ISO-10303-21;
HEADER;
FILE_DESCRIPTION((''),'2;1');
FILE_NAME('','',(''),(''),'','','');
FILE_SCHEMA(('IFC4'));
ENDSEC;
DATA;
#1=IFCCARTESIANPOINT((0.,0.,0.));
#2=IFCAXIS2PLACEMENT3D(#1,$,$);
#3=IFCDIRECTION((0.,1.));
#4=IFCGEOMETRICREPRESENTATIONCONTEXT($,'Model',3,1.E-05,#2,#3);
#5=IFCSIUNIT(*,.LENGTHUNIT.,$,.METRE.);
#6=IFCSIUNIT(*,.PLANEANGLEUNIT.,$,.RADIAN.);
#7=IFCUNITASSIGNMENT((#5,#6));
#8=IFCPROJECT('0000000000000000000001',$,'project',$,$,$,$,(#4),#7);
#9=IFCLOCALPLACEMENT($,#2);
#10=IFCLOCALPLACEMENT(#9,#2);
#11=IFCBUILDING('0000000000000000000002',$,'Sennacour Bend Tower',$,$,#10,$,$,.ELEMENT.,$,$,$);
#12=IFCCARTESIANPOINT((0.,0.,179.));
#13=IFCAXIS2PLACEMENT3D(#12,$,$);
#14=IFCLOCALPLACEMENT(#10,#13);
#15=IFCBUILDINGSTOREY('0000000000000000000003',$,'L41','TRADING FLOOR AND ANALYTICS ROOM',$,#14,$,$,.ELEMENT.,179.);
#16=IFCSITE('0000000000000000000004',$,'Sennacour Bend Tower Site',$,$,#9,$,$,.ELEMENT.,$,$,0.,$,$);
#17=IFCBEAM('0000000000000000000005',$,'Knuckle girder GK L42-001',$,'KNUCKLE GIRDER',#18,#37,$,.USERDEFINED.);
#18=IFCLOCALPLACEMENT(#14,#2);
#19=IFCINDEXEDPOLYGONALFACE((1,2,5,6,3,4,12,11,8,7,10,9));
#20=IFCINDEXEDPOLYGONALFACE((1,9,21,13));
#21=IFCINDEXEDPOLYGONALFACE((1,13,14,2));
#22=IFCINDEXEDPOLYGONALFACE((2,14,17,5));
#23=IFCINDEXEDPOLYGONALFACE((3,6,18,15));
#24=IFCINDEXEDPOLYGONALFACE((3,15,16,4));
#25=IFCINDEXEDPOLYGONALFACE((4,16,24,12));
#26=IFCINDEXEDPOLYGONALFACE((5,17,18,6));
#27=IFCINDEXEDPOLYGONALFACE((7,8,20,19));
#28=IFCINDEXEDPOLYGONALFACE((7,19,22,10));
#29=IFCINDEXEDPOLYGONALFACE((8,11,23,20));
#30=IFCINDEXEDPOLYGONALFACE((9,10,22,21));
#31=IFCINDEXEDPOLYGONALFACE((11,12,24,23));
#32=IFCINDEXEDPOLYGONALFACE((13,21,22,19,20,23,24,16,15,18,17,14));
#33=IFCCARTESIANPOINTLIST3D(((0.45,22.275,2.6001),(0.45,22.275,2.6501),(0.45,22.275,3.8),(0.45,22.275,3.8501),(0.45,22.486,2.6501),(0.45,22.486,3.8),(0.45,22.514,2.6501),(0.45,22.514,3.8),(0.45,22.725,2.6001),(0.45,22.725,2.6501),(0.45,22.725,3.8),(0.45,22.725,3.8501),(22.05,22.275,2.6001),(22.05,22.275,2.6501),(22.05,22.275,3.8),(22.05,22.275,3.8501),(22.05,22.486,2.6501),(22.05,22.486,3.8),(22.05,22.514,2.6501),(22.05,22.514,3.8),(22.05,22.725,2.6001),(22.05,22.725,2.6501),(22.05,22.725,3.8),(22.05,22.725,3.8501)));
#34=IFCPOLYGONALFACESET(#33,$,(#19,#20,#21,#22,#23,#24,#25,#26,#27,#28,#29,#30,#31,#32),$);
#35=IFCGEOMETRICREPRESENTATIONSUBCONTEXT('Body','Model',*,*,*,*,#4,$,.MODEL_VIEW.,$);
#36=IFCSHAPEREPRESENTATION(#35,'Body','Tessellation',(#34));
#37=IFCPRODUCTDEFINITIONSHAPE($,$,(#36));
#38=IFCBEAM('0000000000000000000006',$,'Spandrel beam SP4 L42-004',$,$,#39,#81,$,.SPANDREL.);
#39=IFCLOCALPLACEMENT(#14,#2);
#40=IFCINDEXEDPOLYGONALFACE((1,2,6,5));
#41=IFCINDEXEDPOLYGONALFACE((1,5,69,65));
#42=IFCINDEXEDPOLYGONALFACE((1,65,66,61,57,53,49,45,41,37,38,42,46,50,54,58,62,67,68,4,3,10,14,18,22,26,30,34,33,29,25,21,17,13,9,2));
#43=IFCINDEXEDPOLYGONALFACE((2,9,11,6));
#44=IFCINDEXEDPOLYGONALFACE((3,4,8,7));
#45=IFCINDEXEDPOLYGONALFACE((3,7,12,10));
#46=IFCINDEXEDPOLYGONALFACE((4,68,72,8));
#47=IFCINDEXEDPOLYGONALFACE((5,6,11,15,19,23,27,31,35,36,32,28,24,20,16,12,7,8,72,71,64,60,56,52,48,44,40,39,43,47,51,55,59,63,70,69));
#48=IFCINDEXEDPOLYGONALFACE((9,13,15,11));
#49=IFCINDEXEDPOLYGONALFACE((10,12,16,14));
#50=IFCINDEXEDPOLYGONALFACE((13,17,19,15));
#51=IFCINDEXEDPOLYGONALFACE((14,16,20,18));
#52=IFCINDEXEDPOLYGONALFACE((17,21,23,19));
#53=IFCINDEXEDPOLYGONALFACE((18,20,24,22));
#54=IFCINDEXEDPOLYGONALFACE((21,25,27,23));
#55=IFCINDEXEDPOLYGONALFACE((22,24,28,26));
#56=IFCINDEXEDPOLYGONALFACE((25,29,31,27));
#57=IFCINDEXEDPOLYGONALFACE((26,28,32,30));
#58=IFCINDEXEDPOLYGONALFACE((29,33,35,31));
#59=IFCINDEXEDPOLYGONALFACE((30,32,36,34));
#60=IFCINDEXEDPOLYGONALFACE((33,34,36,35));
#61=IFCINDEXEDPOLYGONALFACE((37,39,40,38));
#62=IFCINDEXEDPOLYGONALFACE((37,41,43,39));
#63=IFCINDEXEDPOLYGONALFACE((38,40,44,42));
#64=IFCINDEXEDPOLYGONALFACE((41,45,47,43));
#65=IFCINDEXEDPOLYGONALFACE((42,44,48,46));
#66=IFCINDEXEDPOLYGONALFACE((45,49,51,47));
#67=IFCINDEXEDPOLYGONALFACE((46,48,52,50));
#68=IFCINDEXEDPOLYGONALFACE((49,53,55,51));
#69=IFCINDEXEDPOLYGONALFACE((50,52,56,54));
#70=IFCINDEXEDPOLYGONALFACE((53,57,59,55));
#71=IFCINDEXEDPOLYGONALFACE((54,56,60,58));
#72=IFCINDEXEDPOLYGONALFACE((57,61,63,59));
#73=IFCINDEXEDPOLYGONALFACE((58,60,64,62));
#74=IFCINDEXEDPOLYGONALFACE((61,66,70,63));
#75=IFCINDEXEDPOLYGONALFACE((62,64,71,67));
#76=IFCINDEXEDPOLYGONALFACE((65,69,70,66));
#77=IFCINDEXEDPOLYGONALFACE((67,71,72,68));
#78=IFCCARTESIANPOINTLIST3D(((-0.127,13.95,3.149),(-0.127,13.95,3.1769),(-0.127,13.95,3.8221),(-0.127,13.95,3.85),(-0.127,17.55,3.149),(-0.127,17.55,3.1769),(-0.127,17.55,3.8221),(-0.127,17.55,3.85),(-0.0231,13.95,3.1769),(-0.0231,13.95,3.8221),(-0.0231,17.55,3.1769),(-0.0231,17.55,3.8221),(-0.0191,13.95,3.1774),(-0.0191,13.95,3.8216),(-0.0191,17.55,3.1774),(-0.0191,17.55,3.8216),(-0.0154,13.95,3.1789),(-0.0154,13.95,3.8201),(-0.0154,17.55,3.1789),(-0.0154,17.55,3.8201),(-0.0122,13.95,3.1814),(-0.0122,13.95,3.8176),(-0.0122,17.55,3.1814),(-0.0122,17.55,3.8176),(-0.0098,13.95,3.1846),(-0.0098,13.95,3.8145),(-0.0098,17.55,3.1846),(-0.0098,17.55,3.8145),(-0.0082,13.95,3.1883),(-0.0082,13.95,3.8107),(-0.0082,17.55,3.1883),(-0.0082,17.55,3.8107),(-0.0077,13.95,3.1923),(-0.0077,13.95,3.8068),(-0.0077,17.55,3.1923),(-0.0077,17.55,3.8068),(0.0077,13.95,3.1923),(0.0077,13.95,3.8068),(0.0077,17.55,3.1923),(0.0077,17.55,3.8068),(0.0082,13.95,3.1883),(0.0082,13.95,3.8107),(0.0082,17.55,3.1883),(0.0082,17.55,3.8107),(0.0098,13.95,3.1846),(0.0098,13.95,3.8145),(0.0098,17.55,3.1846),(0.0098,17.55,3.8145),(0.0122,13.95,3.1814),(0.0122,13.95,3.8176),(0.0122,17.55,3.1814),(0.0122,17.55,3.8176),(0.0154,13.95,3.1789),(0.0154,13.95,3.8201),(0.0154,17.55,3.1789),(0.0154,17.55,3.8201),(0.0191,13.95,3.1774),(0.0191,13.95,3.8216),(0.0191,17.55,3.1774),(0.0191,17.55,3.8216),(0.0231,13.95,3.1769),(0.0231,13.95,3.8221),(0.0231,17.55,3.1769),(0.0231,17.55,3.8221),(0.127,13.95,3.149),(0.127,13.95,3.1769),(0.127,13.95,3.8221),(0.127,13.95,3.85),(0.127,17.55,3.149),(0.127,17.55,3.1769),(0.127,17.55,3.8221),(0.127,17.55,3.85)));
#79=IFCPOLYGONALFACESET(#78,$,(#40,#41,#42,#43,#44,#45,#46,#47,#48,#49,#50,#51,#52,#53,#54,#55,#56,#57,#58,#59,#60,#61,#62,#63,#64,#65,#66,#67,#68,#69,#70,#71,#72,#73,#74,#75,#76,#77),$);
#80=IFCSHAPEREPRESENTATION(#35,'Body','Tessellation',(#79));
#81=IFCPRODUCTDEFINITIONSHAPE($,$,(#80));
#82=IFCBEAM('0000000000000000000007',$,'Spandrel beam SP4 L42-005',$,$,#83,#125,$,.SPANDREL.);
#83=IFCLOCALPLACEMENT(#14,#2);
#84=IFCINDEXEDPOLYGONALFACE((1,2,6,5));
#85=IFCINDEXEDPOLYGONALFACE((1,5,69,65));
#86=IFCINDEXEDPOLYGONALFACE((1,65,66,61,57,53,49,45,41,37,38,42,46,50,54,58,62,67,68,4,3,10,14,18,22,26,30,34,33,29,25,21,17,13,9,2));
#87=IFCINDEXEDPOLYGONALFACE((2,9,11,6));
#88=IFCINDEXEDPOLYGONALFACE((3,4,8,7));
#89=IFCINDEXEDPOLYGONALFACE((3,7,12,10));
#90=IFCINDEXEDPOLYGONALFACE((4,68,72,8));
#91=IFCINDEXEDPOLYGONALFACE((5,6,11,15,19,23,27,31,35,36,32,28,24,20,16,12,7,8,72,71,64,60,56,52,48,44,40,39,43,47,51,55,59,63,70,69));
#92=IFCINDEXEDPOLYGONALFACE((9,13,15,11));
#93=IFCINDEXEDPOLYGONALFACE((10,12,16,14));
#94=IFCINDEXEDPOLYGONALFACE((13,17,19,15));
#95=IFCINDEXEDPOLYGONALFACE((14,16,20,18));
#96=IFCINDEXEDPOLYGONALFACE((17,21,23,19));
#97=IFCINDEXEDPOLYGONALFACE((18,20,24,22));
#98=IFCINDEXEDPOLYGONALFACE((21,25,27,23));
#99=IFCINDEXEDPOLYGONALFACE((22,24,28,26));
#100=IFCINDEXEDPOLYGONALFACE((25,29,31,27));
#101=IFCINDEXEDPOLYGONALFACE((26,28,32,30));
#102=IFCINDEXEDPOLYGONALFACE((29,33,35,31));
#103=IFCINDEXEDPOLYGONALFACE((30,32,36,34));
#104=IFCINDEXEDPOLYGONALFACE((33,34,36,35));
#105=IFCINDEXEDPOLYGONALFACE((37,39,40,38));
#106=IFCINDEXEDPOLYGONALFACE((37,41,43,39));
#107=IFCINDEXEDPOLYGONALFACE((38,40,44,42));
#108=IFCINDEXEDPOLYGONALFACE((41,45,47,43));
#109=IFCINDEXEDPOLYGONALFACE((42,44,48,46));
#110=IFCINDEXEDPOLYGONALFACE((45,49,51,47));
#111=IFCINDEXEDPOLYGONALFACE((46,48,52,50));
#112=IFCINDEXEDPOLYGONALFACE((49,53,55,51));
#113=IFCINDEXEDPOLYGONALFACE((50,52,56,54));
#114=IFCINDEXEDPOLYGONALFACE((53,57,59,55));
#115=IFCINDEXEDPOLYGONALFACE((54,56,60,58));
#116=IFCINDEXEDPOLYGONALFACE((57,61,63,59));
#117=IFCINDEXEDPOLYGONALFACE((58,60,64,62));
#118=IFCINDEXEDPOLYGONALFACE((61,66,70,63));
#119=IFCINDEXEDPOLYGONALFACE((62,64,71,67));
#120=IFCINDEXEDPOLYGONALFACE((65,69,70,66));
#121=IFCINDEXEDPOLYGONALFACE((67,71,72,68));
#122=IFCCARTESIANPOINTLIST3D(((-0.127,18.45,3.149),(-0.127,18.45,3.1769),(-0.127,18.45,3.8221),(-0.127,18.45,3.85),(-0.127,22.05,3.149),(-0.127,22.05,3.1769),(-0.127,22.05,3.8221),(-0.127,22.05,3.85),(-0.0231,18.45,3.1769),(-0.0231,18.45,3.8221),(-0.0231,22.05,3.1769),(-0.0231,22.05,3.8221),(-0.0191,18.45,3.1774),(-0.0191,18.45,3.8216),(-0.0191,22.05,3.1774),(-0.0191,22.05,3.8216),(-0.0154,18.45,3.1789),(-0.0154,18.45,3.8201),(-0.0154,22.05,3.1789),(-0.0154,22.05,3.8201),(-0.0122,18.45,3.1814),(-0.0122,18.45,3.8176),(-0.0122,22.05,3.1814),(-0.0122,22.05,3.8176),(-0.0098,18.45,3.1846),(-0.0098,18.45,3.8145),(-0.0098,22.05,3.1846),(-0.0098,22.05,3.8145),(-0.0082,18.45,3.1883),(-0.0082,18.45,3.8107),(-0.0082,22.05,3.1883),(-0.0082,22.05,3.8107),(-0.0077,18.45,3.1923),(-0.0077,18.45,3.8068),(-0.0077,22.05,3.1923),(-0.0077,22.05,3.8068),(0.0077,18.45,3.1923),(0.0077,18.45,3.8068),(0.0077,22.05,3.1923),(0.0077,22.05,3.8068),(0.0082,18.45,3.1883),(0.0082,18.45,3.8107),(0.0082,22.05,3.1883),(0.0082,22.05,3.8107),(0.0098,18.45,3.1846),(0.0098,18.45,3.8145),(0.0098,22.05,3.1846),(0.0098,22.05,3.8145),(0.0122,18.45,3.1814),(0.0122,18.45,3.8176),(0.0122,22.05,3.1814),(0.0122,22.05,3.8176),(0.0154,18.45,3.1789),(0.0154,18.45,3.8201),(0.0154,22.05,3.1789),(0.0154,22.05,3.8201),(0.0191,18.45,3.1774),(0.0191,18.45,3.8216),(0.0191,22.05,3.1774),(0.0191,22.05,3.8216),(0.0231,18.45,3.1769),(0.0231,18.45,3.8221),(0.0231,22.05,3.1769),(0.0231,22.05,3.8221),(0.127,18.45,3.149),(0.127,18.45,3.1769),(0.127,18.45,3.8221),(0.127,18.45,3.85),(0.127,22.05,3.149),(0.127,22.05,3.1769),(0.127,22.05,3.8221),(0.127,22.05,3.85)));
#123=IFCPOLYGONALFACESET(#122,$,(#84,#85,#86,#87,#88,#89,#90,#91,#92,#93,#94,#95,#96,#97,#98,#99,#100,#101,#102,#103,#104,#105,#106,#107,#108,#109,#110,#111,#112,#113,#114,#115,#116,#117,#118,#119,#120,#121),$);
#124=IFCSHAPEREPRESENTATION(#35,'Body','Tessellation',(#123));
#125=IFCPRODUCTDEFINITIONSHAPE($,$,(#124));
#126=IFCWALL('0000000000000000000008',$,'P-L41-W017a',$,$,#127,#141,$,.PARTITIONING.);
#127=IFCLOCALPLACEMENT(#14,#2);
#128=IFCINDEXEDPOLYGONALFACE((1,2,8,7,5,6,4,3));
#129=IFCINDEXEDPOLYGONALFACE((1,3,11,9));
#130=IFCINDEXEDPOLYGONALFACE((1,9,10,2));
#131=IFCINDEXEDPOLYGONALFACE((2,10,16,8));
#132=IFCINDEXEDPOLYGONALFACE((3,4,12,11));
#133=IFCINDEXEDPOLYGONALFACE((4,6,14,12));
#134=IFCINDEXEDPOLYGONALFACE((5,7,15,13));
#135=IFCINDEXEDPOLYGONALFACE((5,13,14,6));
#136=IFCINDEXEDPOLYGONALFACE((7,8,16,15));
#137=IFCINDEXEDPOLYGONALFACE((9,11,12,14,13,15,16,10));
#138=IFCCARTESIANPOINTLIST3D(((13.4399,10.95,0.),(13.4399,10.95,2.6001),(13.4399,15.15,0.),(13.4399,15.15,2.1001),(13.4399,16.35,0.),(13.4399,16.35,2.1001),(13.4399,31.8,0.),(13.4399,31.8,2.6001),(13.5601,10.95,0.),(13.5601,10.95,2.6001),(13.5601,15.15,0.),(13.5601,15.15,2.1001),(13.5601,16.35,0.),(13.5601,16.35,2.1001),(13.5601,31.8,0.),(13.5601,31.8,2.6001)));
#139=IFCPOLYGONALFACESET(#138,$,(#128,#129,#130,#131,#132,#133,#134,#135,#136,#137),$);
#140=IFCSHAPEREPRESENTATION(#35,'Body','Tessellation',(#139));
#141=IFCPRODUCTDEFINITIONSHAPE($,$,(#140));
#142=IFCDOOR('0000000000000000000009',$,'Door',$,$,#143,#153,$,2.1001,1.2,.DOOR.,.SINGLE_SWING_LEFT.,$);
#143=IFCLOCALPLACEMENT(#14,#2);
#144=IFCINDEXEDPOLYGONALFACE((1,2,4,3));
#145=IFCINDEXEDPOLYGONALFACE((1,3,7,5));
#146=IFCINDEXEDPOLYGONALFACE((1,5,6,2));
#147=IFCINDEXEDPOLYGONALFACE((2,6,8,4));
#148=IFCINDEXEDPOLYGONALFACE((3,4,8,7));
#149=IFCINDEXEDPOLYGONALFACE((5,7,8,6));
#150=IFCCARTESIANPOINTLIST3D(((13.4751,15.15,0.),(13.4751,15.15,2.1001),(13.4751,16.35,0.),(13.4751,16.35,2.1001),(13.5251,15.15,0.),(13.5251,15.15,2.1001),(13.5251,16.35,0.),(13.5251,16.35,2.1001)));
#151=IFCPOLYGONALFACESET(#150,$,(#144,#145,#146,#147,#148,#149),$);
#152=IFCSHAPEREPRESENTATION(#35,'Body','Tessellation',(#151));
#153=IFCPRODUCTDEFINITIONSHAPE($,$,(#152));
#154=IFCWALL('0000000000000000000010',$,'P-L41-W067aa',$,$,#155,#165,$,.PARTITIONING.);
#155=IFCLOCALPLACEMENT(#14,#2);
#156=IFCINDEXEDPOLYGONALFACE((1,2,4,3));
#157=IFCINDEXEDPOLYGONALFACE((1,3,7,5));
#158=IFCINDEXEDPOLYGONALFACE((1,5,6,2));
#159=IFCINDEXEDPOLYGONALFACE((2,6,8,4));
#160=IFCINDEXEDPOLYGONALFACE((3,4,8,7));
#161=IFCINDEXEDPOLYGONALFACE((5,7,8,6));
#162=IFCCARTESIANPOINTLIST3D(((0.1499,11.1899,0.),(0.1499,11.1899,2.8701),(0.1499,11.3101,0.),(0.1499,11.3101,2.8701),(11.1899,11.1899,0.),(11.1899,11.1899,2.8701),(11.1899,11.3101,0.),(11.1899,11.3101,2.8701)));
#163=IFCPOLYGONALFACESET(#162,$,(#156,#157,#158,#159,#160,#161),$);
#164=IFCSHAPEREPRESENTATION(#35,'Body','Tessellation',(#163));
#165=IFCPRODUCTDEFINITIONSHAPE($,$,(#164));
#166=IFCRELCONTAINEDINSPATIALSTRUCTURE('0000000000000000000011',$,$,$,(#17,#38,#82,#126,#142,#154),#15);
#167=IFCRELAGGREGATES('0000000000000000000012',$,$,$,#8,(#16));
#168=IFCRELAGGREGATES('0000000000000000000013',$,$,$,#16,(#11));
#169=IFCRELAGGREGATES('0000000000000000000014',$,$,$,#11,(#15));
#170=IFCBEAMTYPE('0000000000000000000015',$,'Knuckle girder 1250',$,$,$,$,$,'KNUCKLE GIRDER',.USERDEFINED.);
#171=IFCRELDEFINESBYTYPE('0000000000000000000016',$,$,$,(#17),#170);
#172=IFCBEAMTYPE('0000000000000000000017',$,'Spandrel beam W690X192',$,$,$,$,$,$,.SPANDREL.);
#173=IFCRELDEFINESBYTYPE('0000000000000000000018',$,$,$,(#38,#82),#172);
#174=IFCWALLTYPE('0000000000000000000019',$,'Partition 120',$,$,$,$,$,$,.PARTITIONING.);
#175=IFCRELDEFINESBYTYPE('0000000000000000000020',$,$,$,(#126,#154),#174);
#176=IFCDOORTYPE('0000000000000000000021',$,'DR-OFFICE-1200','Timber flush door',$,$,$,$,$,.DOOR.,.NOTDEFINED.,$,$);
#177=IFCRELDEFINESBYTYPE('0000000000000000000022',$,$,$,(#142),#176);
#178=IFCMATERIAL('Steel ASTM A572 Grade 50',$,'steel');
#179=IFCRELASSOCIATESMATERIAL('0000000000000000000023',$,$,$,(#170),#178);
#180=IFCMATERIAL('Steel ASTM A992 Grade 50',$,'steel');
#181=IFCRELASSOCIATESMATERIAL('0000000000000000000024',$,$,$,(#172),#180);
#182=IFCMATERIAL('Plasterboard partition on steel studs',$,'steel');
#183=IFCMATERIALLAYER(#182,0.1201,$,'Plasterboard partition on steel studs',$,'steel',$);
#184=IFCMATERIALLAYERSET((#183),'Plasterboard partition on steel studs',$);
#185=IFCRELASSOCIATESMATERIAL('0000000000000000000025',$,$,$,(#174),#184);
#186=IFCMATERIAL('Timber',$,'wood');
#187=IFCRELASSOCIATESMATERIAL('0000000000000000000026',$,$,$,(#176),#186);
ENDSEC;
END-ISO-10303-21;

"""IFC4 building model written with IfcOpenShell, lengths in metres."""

from ifc_helpers import new_model, si_unit, direction, frame, frame_2d, origin, origin_2d, place, context, subcontext, project, spatial, rectangle, i_section, extrude, material, layer, layer_set, material_profile, profile_set, type_object, element, fill, save


model = new_model("IFC4")

# Units and contexts
model_context = context("Model", 3, precision=1e-05, world=origin(), true_north=direction((0.0, 1.0)))
body_context = subcontext(model_context, "Body", "Model", "MODEL_VIEW")
ifc_project = project(units=[si_unit("LENGTHUNIT", "METRE"), si_unit("PLANEANGLEUNIT", "RADIAN")], contexts=[model_context])

# Site, building, storey
site_placement = place(None, origin())
site = spatial("IfcSite", under=ifc_project, at=site_placement, Name="Sennacour Bend Tower Site", CompositionType="ELEMENT", RefElevation=0.0)
building_placement = place(site_placement, origin())
building = spatial("IfcBuilding", under=site, at=building_placement, Name="Sennacour Bend Tower", CompositionType="ELEMENT")
storey_placement = place(building_placement, frame((0.0, 0.0, 179.0)))
storey = spatial("IfcBuildingStorey", under=building, at=storey_placement, Name="L41", Description="TRADING FLOOR AND ANALYTICS ROOM", CompositionType="ELEMENT", Elevation=179.0)

# Shared definitions
ifc_material_1 = material(Name="Steel ASTM A572 Grade 50", Category="steel")

# Beams
ifc_material_2 = material(Name="Steel ASTM A992 Grade 50", Category="steel")
ifc_material_profile_1 = material_profile(ifc_material_1, i_section(OverallWidth=0.45, OverallDepth=1.25, WebThickness=0.0281, FlangeThickness=0.05, at=origin_2d()), Name="Steel ASTM A572 Grade 50", Category="steel")
ifc_profile_set_1 = profile_set([ifc_material_profile_1], Name="Steel ASTM A572 Grade 50")
beam_type_1 = type_object("IfcBeamType", Name="Knuckle girder 1250", ElementType="KNUCKLE GIRDER", PredefinedType="USERDEFINED", material=ifc_profile_set_1)
beam_placement = place(storey_placement, frame((0.45, 22.5, 3.2251), z_axis=(1.0, 0.0, 0.0), x_axis=(0.0, 1.0, 0.0)))
element("IfcBeam", 1, at=beam_placement, inside=storey, type_object=beam_type_1, Name="Knuckle girder GK L42-001", ObjectType="KNUCKLE GIRDER", PredefinedType="USERDEFINED", context=body_context, shape_type="SweptSolid", body=[
    extrude(i_section(OverallWidth=0.45, OverallDepth=1.25, WebThickness=0.0281, FlangeThickness=0.05, at=origin_2d()), origin(), (0.0, 0.0, 1.0), 21.6001),
])
ifc_material_profile_2 = material_profile(ifc_material_2, i_section(OverallWidth=0.2539, OverallDepth=0.7009, WebThickness=0.0154, FlangeThickness=0.0278, FilletRadius=0.0154, at=origin_2d()), Name="Steel ASTM A992 Grade 50", Category="steel")
ifc_profile_set_2 = profile_set([ifc_material_profile_2], Name="Steel ASTM A992 Grade 50")
beam_type_2 = type_object("IfcBeamType", Name="Spandrel beam W690X192", PredefinedType="SPANDREL", material=ifc_profile_set_2)
for number, where, z_axis, x_axis, name in (
    (2, (0.0, 13.95, 3.4995), (0.0, 1.0, 0.0), (-1.0, 0.0, 0.0), "Spandrel beam SP4 L42-004"),
    (3, (0.0, 18.45, 3.4995), (0.0, 1.0, 0.0), (-1.0, 0.0, 0.0), "Spandrel beam SP4 L42-005"),
):
    element("IfcBeam", number, at=place(storey_placement, frame(where, z_axis=z_axis, x_axis=x_axis)), inside=storey, type_object=beam_type_2, Name=name, PredefinedType="SPANDREL", context=body_context, shape_type="SweptSolid", body=[
        extrude(i_section(OverallWidth=0.2539, OverallDepth=0.7009, WebThickness=0.0154, FlangeThickness=0.0278, FilletRadius=0.0154, at=origin_2d()), origin(), (0.0, 0.0, 1.0), 3.6001),
    ])

# Wall, opening, door
ifc_material_3 = material(Name="Plasterboard partition on steel studs", Category="steel")
ifc_layer_1 = layer(ifc_material_3, 0.1201, Name="Plasterboard partition on steel studs", Category="steel")
ifc_layer_set_1 = layer_set([ifc_layer_1], Name="Plasterboard partition on steel studs")
wall_type_1 = type_object("IfcWallType", Name="Partition 120", PredefinedType="PARTITIONING", material=ifc_layer_set_1)
wall_1_placement = place(storey_placement, frame((13.5, 10.95, 0.0), z_axis=(0.0, 0.0, 1.0), x_axis=(0.0, 1.0, 0.0)))
wall_1 = element("IfcWall", 4, at=wall_1_placement, inside=storey, type_object=wall_type_1, Name="P-L41-W017a", PredefinedType="PARTITIONING", context=body_context, shape_type="SweptSolid", body=[
    extrude(rectangle(XDim=20.8501, YDim=0.1201, at=frame_2d((10.425, 0.0))), origin(), (0.0, 0.0, 1.0), 2.6001),
])
opening_1_placement = place(wall_1_placement, frame((4.2, 0.0, 0.0)))
opening_1 = element("IfcOpeningElement", 5, at=opening_1_placement, cuts=wall_1, PredefinedType="OPENING", context=body_context, shape_type="SweptSolid", body=[
    extrude(rectangle(XDim=1.2, YDim=2.1001, at=frame_2d((0.6001, 1.05))), frame((0.0, 0.0701, 0.0), z_axis=(0.0, -1.0, 0.0), x_axis=(1.0, 0.0, 0.0)), (0.0, 0.0, 1.0), 0.1401),
])
ifc_material_4 = material(Name="Timber", Category="wood")
door_type_1 = type_object("IfcDoorType", Name="DR-OFFICE-1200", Description="Timber flush door", OperationType="NOTDEFINED", PredefinedType="DOOR", material=ifc_material_4)
door_1_placement = place(opening_1_placement, origin())
door_1 = element("IfcDoor", 6, at=door_1_placement, inside=storey, type_object=door_type_1, Name="Door", OperationType="SINGLE_SWING_LEFT", OverallHeight=2.1001, OverallWidth=1.2, PredefinedType="DOOR", context=body_context, shape_type="SweptSolid", body=[
    extrude(rectangle(XDim=1.2, YDim=2.1001, at=frame_2d((0.6001, 1.05))), frame((0.0, 0.0249, 0.0), z_axis=(0.0, -1.0, 0.0), x_axis=(1.0, 0.0, 0.0)), (0.0, 0.0, 1.0), 0.05),
])
fill(opening_1, door_1)

# Wall
wall_2_placement = place(storey_placement, frame((0.1499, 11.25, 0.0), z_axis=(0.0, 0.0, 1.0), x_axis=(1.0, 0.0, 0.0)))
element("IfcWall", 7, at=wall_2_placement, inside=storey, type_object=wall_type_1, Name="P-L41-W067aa", PredefinedType="PARTITIONING", context=body_context, shape_type="SweptSolid", body=[
    extrude(rectangle(XDim=11.04, YDim=0.1201, at=frame_2d((5.52, 0.0))), origin(), (0.0, 0.0, 1.0), 2.8701),
])

save(model, "model.ifc")
